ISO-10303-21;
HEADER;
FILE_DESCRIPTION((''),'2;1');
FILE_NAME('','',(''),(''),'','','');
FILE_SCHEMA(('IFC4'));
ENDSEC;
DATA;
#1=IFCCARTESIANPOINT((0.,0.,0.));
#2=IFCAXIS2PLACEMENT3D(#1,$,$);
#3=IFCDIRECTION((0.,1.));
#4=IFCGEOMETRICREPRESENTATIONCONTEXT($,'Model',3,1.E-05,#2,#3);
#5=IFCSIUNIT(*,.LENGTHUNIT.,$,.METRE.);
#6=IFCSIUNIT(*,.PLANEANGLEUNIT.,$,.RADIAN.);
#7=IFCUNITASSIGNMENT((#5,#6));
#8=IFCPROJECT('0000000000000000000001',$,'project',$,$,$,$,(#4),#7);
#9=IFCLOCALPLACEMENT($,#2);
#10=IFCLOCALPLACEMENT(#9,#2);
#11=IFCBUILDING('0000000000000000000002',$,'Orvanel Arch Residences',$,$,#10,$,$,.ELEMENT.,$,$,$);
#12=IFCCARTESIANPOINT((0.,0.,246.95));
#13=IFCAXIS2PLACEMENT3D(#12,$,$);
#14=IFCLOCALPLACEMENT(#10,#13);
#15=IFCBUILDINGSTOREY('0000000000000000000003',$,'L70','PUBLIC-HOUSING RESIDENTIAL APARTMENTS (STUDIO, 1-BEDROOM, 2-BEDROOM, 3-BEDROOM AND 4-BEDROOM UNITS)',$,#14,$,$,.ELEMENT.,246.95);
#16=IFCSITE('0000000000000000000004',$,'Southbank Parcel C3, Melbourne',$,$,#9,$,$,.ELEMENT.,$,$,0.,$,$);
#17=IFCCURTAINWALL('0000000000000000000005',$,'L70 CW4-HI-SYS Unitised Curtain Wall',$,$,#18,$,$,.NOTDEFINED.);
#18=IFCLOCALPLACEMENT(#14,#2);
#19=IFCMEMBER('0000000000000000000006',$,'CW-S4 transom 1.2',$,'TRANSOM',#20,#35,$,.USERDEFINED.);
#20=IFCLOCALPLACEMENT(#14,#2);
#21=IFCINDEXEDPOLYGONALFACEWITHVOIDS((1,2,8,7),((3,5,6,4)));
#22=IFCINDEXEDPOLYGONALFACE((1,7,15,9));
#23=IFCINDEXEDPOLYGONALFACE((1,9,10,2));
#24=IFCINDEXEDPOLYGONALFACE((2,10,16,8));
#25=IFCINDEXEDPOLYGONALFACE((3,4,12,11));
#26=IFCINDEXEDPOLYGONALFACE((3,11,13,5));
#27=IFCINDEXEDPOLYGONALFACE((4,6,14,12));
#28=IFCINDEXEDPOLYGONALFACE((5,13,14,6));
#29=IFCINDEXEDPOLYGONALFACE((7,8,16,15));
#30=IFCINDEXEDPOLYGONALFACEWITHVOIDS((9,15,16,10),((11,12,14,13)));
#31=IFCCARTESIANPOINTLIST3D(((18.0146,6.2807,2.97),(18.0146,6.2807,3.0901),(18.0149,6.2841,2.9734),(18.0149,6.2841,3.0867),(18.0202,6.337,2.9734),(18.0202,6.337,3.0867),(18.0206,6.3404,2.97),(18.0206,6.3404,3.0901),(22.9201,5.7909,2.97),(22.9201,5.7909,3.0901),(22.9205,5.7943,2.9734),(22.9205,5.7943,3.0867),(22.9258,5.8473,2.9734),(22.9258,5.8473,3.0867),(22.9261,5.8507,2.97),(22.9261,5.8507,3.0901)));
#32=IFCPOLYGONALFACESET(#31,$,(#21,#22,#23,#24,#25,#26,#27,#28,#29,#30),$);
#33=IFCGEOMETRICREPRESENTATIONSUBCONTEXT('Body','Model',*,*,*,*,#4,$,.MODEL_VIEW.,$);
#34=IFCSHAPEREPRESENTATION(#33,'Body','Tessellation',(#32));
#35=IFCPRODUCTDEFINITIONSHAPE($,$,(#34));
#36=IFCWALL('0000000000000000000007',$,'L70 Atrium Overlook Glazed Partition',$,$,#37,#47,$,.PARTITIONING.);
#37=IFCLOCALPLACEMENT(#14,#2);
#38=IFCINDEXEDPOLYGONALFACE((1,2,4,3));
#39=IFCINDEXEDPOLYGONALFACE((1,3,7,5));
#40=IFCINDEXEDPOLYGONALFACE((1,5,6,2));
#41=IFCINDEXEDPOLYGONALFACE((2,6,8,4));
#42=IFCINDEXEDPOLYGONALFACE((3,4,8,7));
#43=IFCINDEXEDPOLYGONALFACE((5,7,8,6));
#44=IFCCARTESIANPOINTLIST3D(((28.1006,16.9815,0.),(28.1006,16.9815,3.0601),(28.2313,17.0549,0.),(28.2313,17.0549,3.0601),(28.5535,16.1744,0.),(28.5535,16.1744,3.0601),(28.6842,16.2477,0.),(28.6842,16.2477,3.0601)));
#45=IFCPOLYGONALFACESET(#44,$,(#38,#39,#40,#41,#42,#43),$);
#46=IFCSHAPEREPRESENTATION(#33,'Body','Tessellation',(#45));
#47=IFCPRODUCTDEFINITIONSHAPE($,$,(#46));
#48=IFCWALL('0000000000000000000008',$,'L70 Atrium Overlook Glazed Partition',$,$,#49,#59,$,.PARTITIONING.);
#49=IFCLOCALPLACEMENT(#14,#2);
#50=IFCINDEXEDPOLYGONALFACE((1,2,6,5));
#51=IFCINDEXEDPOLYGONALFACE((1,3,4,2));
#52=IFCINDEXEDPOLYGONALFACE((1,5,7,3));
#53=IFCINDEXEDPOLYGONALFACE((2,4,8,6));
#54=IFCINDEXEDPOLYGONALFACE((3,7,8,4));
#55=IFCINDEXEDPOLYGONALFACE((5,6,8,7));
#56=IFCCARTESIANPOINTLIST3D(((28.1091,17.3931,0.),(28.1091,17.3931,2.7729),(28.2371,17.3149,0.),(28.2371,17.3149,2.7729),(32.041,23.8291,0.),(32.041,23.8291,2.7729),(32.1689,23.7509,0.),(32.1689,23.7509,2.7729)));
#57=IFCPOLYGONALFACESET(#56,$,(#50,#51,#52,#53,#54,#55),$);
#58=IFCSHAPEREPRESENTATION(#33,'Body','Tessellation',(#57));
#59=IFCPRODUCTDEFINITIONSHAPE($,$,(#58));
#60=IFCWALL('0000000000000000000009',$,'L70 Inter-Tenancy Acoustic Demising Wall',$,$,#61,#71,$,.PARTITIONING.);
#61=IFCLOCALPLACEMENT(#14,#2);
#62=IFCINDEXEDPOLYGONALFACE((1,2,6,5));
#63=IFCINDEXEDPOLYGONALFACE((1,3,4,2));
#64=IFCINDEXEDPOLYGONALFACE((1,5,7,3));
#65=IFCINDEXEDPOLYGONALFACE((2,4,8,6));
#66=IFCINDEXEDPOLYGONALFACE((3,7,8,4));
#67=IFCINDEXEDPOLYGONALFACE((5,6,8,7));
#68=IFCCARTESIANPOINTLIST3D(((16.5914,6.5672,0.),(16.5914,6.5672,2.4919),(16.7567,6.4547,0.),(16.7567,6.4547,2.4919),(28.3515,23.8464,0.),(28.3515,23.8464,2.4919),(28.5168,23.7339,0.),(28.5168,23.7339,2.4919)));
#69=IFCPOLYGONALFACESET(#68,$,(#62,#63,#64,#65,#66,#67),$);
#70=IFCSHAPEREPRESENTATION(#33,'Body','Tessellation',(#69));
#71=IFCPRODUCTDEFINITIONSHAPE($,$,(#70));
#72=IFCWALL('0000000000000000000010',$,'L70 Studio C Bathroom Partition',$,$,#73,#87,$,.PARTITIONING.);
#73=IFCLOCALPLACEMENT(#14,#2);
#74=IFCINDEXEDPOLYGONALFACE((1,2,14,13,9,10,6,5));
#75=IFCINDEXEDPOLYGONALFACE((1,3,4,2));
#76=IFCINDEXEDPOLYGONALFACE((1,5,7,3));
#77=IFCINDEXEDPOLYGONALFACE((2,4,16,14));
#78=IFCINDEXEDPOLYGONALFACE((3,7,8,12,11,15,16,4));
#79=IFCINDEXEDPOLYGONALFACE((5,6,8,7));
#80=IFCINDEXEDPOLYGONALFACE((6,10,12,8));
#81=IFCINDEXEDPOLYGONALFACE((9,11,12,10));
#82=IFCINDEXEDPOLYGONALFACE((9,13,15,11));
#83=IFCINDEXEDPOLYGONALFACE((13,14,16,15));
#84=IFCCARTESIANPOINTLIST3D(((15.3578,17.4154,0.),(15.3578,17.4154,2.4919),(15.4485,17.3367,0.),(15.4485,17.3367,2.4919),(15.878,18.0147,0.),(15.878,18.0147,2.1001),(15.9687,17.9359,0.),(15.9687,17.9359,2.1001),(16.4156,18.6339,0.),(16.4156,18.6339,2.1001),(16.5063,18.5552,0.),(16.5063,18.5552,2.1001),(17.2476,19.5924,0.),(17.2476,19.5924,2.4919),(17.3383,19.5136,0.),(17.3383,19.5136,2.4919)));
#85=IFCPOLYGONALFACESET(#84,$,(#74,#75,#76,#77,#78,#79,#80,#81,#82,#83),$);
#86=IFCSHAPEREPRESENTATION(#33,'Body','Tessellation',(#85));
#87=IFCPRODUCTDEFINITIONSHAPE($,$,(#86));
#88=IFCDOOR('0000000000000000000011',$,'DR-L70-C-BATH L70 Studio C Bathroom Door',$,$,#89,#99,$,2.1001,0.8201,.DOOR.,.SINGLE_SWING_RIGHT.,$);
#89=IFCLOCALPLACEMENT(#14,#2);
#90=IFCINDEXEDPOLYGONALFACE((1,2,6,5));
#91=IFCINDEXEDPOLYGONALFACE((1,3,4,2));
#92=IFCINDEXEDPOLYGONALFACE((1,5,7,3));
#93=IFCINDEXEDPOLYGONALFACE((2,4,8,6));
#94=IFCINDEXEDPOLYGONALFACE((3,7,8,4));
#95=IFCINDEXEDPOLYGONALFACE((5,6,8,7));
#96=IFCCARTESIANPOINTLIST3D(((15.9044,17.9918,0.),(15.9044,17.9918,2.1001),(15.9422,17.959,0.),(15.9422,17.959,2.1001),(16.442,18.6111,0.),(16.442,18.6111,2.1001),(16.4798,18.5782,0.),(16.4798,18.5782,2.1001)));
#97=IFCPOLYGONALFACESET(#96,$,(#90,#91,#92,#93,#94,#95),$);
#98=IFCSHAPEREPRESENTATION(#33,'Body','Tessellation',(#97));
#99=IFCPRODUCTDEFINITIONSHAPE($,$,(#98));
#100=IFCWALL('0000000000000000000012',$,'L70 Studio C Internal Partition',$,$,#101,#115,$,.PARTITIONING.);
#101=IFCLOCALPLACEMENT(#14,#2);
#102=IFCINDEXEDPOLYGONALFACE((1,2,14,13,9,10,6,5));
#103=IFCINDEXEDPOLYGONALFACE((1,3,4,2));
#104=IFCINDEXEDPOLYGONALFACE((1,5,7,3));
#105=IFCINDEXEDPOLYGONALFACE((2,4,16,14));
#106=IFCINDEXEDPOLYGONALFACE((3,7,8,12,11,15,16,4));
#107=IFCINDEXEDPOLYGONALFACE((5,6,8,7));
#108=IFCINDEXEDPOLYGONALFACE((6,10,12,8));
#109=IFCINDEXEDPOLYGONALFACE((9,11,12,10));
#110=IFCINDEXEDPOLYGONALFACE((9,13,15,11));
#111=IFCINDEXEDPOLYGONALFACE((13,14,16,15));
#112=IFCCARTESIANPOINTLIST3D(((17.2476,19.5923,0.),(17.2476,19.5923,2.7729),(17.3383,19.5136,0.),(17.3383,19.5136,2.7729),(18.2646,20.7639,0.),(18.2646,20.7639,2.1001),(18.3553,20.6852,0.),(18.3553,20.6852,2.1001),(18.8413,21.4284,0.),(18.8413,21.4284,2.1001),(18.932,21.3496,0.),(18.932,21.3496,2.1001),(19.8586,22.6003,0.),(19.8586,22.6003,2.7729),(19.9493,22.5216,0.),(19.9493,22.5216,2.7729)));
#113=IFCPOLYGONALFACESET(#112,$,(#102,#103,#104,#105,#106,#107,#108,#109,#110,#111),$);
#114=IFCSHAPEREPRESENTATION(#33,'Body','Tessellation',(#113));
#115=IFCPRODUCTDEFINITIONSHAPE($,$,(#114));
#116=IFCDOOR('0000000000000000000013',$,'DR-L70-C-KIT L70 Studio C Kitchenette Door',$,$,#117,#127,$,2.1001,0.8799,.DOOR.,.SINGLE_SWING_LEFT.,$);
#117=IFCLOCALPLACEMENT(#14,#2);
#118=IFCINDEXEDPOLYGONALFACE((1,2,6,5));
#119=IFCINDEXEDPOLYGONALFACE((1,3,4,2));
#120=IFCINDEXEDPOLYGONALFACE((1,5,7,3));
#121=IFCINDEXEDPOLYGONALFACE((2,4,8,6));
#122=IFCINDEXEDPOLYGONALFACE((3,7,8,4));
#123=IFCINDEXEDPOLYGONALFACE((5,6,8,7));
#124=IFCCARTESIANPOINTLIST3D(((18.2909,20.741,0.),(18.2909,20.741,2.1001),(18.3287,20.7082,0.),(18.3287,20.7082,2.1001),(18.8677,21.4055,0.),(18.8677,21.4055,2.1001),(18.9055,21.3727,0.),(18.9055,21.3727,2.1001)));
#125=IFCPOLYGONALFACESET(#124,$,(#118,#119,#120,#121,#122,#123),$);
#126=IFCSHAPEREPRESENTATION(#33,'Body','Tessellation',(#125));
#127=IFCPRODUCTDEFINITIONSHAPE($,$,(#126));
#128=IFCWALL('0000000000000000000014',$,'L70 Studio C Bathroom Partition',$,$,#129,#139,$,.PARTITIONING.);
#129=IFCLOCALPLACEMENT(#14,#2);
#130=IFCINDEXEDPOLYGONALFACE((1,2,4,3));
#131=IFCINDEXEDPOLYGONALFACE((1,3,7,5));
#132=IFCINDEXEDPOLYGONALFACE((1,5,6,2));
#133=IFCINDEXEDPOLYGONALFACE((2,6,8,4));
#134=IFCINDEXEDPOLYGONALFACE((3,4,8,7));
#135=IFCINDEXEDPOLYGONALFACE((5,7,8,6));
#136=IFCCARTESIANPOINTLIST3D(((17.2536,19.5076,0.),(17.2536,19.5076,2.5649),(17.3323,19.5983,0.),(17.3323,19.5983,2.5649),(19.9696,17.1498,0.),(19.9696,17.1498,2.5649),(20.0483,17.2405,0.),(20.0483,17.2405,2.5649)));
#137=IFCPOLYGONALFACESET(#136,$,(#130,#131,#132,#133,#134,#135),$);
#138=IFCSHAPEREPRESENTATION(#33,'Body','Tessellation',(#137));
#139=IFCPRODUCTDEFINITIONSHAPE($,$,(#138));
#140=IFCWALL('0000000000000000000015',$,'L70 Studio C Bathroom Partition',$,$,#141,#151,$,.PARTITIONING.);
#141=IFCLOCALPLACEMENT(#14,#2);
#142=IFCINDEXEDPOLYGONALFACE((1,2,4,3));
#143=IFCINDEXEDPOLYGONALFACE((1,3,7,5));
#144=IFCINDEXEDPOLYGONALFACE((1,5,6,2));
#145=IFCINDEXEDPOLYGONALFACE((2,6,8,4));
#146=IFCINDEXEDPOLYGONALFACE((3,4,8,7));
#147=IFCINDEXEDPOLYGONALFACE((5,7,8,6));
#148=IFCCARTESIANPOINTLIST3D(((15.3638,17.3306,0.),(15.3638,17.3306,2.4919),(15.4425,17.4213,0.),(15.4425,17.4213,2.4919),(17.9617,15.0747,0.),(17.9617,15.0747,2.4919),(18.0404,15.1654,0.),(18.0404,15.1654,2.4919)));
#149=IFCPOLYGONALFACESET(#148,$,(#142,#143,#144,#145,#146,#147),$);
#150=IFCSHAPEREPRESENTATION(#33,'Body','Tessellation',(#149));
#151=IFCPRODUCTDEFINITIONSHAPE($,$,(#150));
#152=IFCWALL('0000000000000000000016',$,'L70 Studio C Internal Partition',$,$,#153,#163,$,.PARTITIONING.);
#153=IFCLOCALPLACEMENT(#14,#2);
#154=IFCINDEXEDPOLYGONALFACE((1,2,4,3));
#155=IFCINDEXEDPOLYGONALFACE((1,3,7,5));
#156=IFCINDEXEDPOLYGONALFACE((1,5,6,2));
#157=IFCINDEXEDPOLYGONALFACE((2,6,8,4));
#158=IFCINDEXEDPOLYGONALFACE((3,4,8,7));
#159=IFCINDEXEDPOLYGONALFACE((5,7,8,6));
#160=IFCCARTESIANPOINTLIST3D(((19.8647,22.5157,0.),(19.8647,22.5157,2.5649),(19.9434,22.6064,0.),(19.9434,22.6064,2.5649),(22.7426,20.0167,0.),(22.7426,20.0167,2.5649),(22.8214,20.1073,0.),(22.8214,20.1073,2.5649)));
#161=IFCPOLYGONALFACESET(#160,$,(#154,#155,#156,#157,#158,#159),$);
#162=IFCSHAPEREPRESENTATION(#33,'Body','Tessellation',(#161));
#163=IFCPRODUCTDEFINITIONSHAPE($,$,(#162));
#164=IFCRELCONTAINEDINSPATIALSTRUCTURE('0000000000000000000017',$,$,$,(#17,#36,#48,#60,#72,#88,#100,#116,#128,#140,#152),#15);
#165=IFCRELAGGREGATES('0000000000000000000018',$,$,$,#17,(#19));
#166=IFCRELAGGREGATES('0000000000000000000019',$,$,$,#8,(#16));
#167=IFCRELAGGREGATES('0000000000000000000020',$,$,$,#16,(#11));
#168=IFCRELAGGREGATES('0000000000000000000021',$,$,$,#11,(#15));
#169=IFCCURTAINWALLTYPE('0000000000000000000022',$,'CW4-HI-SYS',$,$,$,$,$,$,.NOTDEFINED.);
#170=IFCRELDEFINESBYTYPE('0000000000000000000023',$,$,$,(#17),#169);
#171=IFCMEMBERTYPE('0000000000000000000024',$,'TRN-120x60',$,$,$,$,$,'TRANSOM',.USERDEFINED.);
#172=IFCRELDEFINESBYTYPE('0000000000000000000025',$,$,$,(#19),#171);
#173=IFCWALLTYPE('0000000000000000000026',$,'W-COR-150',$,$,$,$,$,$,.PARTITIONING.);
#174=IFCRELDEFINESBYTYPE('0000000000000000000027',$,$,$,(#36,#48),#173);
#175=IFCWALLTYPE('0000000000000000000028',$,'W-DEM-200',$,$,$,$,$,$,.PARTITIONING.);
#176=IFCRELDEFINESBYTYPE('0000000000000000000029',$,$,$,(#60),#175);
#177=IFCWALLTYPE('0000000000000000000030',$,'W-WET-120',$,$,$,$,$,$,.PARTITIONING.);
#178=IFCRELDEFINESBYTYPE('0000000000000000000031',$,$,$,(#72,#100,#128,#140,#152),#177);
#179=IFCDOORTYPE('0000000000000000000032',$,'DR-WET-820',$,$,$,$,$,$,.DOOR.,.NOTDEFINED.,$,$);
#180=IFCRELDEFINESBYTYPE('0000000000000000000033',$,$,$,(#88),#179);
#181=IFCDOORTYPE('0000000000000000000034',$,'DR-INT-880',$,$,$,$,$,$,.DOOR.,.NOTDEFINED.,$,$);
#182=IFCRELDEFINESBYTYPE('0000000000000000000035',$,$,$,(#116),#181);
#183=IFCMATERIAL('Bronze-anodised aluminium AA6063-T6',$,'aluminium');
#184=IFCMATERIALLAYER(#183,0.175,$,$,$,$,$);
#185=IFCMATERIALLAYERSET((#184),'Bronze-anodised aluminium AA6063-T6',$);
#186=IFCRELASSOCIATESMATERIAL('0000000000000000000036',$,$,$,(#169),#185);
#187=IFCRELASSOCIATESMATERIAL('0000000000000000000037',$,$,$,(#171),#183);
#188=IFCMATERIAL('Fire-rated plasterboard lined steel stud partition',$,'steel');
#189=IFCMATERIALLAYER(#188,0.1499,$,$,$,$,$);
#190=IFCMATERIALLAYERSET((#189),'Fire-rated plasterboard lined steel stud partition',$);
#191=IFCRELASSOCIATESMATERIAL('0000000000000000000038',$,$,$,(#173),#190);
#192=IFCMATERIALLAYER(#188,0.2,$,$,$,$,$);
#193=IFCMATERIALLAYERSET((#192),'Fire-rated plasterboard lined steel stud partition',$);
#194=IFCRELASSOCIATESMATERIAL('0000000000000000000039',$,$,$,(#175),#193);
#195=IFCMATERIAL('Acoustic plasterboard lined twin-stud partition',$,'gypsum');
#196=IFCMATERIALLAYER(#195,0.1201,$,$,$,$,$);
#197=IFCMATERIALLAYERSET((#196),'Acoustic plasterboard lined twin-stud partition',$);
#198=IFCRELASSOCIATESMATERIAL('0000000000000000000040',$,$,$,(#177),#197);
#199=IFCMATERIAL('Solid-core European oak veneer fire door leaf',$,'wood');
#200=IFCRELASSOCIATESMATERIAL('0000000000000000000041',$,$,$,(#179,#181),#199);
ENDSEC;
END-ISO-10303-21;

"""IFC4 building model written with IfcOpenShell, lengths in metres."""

from ifc_helpers import new_model, si_unit, direction, frame, frame_2d, origin, origin_2d, place, context, subcontext, project, spatial, rectangle, hollow_rectangle, extrude, material, layer, layer_set, material_profile, profile_set, type_object, element, fill, aggregate, save


model = new_model("IFC4")

# Units and contexts
model_context = context("Model", 3, precision=1e-05, world=origin(), true_north=direction((0.0, 1.0)))
body_context = subcontext(model_context, "Body", "Model", "MODEL_VIEW")
ifc_project = project(units=[si_unit("LENGTHUNIT", "METRE"), si_unit("PLANEANGLEUNIT", "RADIAN")], contexts=[model_context])

# Site, building, storey
site_placement = place(None, origin())
site = spatial("IfcSite", under=ifc_project, at=site_placement, Name="Southbank Parcel C3, Melbourne", CompositionType="ELEMENT", RefElevation=0.0)
building_placement = place(site_placement, origin())
building = spatial("IfcBuilding", under=site, at=building_placement, Name="Orvanel Arch Residences", CompositionType="ELEMENT")
storey_placement = place(building_placement, frame((0.0, 0.0, 246.95)))
storey = spatial("IfcBuildingStorey", under=building, at=storey_placement, Name="L70", Description="PUBLIC-HOUSING RESIDENTIAL APARTMENTS (STUDIO, 1-BEDROOM, 2-BEDROOM, 3-BEDROOM AND 4-BEDROOM UNITS)", CompositionType="ELEMENT", Elevation=246.95)

# Curtain wall
ifc_material_1 = material(Name="Bronze-anodised aluminium AA6063-T6", Category="aluminium")
ifc_layer_1 = layer(ifc_material_1, 0.175)
ifc_layer_set_1 = layer_set([ifc_layer_1], Name="Bronze-anodised aluminium AA6063-T6")
curtain_wall_type_1 = type_object("IfcCurtainWallType", Name="CW4-HI-SYS", PredefinedType="NOTDEFINED", material=ifc_layer_set_1)
curtain_wall_1_placement = place(storey_placement, origin())
curtain_wall_1 = element("IfcCurtainWall", 1, at=curtain_wall_1_placement, inside=storey, type_object=curtain_wall_type_1, Name="L70 CW4-HI-SYS Unitised Curtain Wall", PredefinedType="NOTDEFINED")

# Member
ifc_material_profile_1 = material_profile(ifc_material_1, hollow_rectangle(XDim=0.0601, YDim=0.1201, WallThickness=0.0034, at=origin_2d()), Name="ALU120x60x3.5")
ifc_profile_set_1 = profile_set([ifc_material_profile_1], Name="Bronze-anodised aluminium AA6063-T6")
member_type_1 = type_object("IfcMemberType", Name="TRN-120x60", ElementType="TRANSOM", PredefinedType="USERDEFINED", material=ifc_profile_set_1)
member_1_placement = place(storey_placement, frame((18.0176, 6.3105, 3.03), z_axis=(0.995053, -0.099342, 0.0), x_axis=(0.099342, 0.995053, 0.0)))
member_1 = element("IfcMember", 2, at=member_1_placement, type_object=member_type_1, Name="CW-S4 transom 1.2", ObjectType="TRANSOM", PredefinedType="USERDEFINED", context=body_context, shape_type="SweptSolid", body=[
    extrude(hollow_rectangle(XDim=0.0601, YDim=0.1201, WallThickness=0.0034, at=origin_2d()), origin(), (0.0, 0.0, 1.0), 4.9299),
])
aggregate(curtain_wall_1, [member_1])

# Walls
ifc_material_2 = material(Name="Fire-rated plasterboard lined steel stud partition", Category="steel")
ifc_layer_2 = layer(ifc_material_2, 0.1499)
ifc_layer_set_2 = layer_set([ifc_layer_2], Name="Fire-rated plasterboard lined steel stud partition")
wall_type_1 = type_object("IfcWallType", Name="W-COR-150", PredefinedType="PARTITIONING", material=ifc_layer_set_2)
wall_1_placement = place(storey_placement, frame((28.6189, 16.2109, 0.0), z_axis=(0.0, 0.0, 1.0), x_axis=(-0.489334, 0.872096, 0.0)))
element("IfcWall", 3, at=wall_1_placement, inside=storey, type_object=wall_type_1, Name="L70 Atrium Overlook Glazed Partition", PredefinedType="PARTITIONING", context=body_context, shape_type="SweptSolid", body=[
    extrude(rectangle(XDim=0.9255, YDim=0.1499, at=frame_2d((0.4629, 0.0))), origin(), (0.0, 0.0, 1.0), 3.0601),
])
wall_2_placement = place(storey_placement, frame((28.1731, 17.354, 0.0), z_axis=(0.0, 0.0, 1.0), x_axis=(0.52133, 0.853355, 0.0)))
element("IfcWall", 4, at=wall_2_placement, inside=storey, type_object=wall_type_1, Name="L70 Atrium Overlook Glazed Partition", PredefinedType="PARTITIONING", context=body_context, shape_type="SweptSolid", body=[
    extrude(rectangle(XDim=7.542, YDim=0.1499, at=frame_2d((3.771, 0.0))), origin(), (0.0, 0.0, 1.0), 2.7729),
])
ifc_layer_3 = layer(ifc_material_2, 0.2)
ifc_layer_set_3 = layer_set([ifc_layer_3], Name="Fire-rated plasterboard lined steel stud partition")
wall_type_2 = type_object("IfcWallType", Name="W-DEM-200", PredefinedType="PARTITIONING", material=ifc_layer_set_3)
wall_3_placement = place(storey_placement, frame((16.6741, 6.511, 0.0), z_axis=(0.0, 0.0, 1.0), x_axis=(0.562645, 0.826698, 0.0)))
element("IfcWall", 5, at=wall_3_placement, inside=storey, type_object=wall_type_2, Name="L70 Inter-Tenancy Acoustic Demising Wall", PredefinedType="PARTITIONING", context=body_context, shape_type="SweptSolid", body=[
    extrude(rectangle(XDim=20.9014, YDim=0.2, at=frame_2d((10.4507, 0.0))), origin(), (0.0, 0.0, 1.0), 2.4919),
])

# Walls, openings, doors
ifc_material_3 = material(Name="Acoustic plasterboard lined twin-stud partition", Category="gypsum")
ifc_layer_4 = layer(ifc_material_3, 0.1201)
ifc_layer_set_4 = layer_set([ifc_layer_4], Name="Acoustic plasterboard lined twin-stud partition")
wall_type_3 = type_object("IfcWallType", Name="W-WET-120", PredefinedType="PARTITIONING", material=ifc_layer_set_4)
wall_4_placement = place(storey_placement, frame((17.293, 19.553, 0.0), z_axis=(0.0, 0.0, 1.0), x_axis=(-0.655556, -0.755147, 0.0)))
wall_4 = element("IfcWall", 6, at=wall_4_placement, inside=storey, type_object=wall_type_3, Name="L70 Studio C Bathroom Partition", PredefinedType="PARTITIONING", context=body_context, shape_type="SweptSolid", body=[
    extrude(rectangle(XDim=2.8828, YDim=0.1201, at=frame_2d((1.4414, 0.0))), origin(), (0.0, 0.0, 1.0), 2.4919),
])
opening_1_placement = place(wall_4_placement, frame((1.269, 0.0, 0.0)))
opening_1 = element("IfcOpeningElement", 7, at=opening_1_placement, cuts=wall_4, PredefinedType="OPENING", context=body_context, shape_type="SweptSolid", body=[
    extrude(rectangle(XDim=0.8201, YDim=2.1001, at=frame_2d((0.4102, 1.05))), frame((0.0, 0.0701, 0.0), z_axis=(0.0, -1.0, 0.0), x_axis=(1.0, 0.0, 0.0)), (0.0, 0.0, 1.0), 0.1401),
])
ifc_material_4 = material(Name="Solid-core European oak veneer fire door leaf", Category="wood")
door_type_1 = type_object("IfcDoorType", Name="DR-WET-820", OperationType="NOTDEFINED", PredefinedType="DOOR", material=ifc_material_4)
door_1_placement = place(opening_1_placement, origin())
door_1 = element("IfcDoor", 8, at=door_1_placement, inside=storey, type_object=door_type_1, Name="DR-L70-C-BATH L70 Studio C Bathroom Door", OperationType="SINGLE_SWING_RIGHT", OverallHeight=2.1001, OverallWidth=0.8201, PredefinedType="DOOR", context=body_context, shape_type="SweptSolid", body=[
    extrude(rectangle(XDim=0.8201, YDim=2.1001, at=frame_2d((0.4102, 1.05))), frame((0.0, 0.0249, 0.0), z_axis=(0.0, -1.0, 0.0), x_axis=(1.0, 0.0, 0.0)), (0.0, 0.0, 1.0), 0.05),
])
fill(opening_1, door_1)
wall_5_placement = place(storey_placement, frame((19.9041, 22.561, 0.0), z_axis=(0.0, 0.0, 1.0), x_axis=(-0.655518, -0.755179, 0.0)))
wall_5 = element("IfcWall", 9, at=wall_5_placement, inside=storey, type_object=wall_type_3, Name="L70 Studio C Internal Partition", PredefinedType="PARTITIONING", context=body_context, shape_type="SweptSolid", body=[
    extrude(rectangle(XDim=3.9832, YDim=0.1201, at=frame_2d((1.9917, 0.0))), origin(), (0.0, 0.0, 1.0), 2.7729),
])
opening_2_placement = place(wall_5_placement, frame((1.552, 0.0, 0.0)))
opening_2 = element("IfcOpeningElement", 10, at=opening_2_placement, cuts=wall_5, PredefinedType="OPENING", context=body_context, shape_type="SweptSolid", body=[
    extrude(rectangle(XDim=0.8799, YDim=2.1001, at=frame_2d((0.4399, 1.05))), frame((0.0, 0.0701, 0.0), z_axis=(0.0, -1.0, 0.0), x_axis=(1.0, 0.0, 0.0)), (0.0, 0.0, 1.0), 0.1401),
])
door_type_2 = type_object("IfcDoorType", Name="DR-INT-880", OperationType="NOTDEFINED", PredefinedType="DOOR", material=ifc_material_4)
door_2_placement = place(opening_2_placement, origin())
door_2 = element("IfcDoor", 11, at=door_2_placement, inside=storey, type_object=door_type_2, Name="DR-L70-C-KIT L70 Studio C Kitchenette Door", OperationType="SINGLE_SWING_LEFT", OverallHeight=2.1001, OverallWidth=0.8799, PredefinedType="DOOR", context=body_context, shape_type="SweptSolid", body=[
    extrude(rectangle(XDim=0.8799, YDim=2.1001, at=frame_2d((0.4399, 1.05))), frame((0.0, 0.0249, 0.0), z_axis=(0.0, -1.0, 0.0), x_axis=(1.0, 0.0, 0.0)), (0.0, 0.0, 1.0), 0.05),
])
fill(opening_2, door_2)

# Walls
wall_6_placement = place(storey_placement, frame((17.293, 19.553, 0.0), z_axis=(0.0, 0.0, 1.0), x_axis=(0.75514, -0.655563, 0.0)))
element("IfcWall", 12, at=wall_6_placement, inside=storey, type_object=wall_type_3, Name="L70 Studio C Bathroom Partition", PredefinedType="PARTITIONING", context=body_context, shape_type="SweptSolid", body=[
    extrude(rectangle(XDim=3.5967, YDim=0.1201, at=frame_2d((1.7983, 0.0))), origin(), (0.0, 0.0, 1.0), 2.5649),
])
wall_7_placement = place(storey_placement, frame((18.001, 15.1201, 0.0), z_axis=(0.0, 0.0, 1.0), x_axis=(-0.755064, 0.655652, 0.0)))
element("IfcWall", 13, at=wall_7_placement, inside=storey, type_object=wall_type_3, Name="L70 Studio C Bathroom Partition", PredefinedType="PARTITIONING", context=body_context, shape_type="SweptSolid", body=[
    extrude(rectangle(XDim=3.4407, YDim=0.1201, at=frame_2d((1.7202, 0.0))), origin(), (0.0, 0.0, 1.0), 2.4919),
])
wall_8_placement = place(storey_placement, frame((19.9041, 22.561, 0.0), z_axis=(0.0, 0.0, 1.0), x_axis=(0.755063, -0.655652, 0.0)))
element("IfcWall", 14, at=wall_8_placement, inside=storey, type_object=wall_type_3, Name="L70 Studio C Internal Partition", PredefinedType="PARTITIONING", context=body_context, shape_type="SweptSolid", body=[
    extrude(rectangle(XDim=3.8115, YDim=0.1201, at=frame_2d((1.9058, 0.0))), origin(), (0.0, 0.0, 1.0), 2.5649),
])

save(model, "model.ifc")
